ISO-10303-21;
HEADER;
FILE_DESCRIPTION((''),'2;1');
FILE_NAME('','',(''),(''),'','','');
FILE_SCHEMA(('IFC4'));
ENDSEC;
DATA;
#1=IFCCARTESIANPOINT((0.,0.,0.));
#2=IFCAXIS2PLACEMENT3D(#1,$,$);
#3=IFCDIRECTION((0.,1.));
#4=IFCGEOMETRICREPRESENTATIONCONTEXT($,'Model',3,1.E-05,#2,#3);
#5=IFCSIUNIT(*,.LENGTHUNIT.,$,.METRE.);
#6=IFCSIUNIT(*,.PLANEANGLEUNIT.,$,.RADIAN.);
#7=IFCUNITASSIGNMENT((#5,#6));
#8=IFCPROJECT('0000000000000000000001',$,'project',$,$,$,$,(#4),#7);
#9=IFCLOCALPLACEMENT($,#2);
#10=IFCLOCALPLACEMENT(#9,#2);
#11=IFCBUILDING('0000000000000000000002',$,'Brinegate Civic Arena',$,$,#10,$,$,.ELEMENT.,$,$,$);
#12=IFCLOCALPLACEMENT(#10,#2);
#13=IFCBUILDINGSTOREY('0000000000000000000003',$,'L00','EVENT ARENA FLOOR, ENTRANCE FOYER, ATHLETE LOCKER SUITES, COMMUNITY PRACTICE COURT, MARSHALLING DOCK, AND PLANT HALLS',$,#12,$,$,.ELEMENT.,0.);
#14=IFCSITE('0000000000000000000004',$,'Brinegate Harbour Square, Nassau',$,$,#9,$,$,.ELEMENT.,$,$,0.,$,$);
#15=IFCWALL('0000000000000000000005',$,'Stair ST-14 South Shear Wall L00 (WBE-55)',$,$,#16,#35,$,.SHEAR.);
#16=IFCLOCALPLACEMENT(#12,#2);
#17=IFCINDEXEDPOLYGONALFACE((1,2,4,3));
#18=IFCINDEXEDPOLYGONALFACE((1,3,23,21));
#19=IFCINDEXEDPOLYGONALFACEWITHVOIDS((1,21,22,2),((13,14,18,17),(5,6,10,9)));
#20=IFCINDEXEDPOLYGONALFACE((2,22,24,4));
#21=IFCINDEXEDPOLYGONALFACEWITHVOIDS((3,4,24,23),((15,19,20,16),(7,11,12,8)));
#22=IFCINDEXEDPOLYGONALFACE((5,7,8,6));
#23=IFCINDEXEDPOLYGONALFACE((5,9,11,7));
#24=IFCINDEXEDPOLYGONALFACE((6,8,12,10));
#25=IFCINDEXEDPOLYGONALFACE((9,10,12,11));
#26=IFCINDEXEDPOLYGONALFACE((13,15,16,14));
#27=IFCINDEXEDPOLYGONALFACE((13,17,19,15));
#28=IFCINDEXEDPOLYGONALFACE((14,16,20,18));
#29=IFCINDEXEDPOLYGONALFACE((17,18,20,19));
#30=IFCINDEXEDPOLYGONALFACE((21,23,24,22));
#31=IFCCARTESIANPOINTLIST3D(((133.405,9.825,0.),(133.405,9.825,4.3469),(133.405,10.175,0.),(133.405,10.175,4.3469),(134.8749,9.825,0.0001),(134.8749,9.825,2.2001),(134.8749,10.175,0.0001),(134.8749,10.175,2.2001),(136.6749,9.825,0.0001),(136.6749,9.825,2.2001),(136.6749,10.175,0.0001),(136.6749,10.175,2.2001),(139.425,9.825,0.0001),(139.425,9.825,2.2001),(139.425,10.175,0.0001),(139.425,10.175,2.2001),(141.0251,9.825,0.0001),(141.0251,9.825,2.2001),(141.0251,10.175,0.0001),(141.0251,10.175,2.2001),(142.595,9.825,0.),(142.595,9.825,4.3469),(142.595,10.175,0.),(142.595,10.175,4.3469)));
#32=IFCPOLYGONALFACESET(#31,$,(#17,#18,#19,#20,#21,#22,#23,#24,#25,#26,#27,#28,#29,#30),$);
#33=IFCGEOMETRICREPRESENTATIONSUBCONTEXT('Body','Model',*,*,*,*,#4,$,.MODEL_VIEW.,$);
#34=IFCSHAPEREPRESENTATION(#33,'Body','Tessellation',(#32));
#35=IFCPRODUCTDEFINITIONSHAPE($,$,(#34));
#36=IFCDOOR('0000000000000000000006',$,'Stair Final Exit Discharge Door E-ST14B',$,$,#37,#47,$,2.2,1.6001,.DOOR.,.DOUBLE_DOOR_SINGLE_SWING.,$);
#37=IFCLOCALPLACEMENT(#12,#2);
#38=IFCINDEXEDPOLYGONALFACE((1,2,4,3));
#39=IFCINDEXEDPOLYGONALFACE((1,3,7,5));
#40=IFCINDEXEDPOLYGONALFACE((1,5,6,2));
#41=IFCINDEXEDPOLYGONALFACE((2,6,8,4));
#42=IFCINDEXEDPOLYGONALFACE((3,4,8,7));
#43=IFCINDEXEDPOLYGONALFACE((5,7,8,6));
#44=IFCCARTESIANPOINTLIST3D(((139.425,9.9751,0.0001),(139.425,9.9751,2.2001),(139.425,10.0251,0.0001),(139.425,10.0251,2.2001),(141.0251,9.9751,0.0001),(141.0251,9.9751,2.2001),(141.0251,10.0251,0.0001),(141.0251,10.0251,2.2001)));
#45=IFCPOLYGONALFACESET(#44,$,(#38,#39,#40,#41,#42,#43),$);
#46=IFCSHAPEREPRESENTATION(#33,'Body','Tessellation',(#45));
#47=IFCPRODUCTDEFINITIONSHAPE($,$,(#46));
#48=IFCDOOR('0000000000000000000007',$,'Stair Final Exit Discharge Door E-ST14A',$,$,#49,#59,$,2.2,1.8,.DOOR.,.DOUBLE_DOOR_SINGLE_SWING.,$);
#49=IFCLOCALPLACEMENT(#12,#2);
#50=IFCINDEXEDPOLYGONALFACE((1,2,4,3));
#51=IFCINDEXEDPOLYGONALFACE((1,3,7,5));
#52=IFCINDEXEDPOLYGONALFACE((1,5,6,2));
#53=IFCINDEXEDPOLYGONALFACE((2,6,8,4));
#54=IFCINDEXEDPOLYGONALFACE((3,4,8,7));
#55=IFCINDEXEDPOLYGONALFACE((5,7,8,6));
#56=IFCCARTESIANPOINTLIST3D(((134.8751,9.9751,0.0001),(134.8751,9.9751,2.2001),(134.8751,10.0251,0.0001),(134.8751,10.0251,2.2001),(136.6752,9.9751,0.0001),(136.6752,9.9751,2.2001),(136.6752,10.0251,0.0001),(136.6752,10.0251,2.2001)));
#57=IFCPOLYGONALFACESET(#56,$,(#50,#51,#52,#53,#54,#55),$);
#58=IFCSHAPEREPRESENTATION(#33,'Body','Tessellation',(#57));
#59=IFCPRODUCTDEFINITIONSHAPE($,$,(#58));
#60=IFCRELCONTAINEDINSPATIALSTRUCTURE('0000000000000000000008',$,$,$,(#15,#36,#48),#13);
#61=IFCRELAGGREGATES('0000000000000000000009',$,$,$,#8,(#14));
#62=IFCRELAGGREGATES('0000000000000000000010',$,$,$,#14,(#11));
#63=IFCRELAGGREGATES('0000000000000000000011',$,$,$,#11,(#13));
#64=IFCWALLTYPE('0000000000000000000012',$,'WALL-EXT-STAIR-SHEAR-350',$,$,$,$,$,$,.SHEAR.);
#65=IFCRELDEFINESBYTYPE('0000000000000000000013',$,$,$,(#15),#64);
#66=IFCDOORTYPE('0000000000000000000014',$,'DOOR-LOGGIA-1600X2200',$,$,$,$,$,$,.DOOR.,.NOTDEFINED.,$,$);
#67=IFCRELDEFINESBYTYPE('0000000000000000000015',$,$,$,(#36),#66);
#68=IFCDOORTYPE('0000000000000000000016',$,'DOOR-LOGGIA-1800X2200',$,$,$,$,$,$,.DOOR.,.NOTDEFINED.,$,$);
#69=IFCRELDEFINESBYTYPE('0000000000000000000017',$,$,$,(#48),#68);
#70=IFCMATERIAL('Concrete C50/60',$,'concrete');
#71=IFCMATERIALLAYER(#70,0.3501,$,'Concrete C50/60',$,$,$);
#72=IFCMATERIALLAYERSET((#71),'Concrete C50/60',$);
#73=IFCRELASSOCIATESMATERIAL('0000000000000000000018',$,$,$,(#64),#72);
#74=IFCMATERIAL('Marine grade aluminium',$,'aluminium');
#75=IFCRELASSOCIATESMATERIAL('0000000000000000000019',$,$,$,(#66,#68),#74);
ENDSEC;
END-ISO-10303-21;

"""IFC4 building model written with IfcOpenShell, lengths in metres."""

from ifc_helpers import new_model, si_unit, direction, frame, frame_2d, origin, place, context, subcontext, project, spatial, rectangle, extrude, material, layer, layer_set, type_object, element, fill, save


model = new_model("IFC4")

# Units and contexts
model_context = context("Model", 3, precision=1e-05, world=origin(), true_north=direction((0.0, 1.0)))
body_context = subcontext(model_context, "Body", "Model", "MODEL_VIEW")
ifc_project = project(units=[si_unit("LENGTHUNIT", "METRE"), si_unit("PLANEANGLEUNIT", "RADIAN")], contexts=[model_context])

# Site, building, storey
site_placement = place(None, origin())
site = spatial("IfcSite", under=ifc_project, at=site_placement, Name="Brinegate Harbour Square, Nassau", CompositionType="ELEMENT", RefElevation=0.0)
building_placement = place(site_placement, origin())
building = spatial("IfcBuilding", under=site, at=building_placement, Name="Brinegate Civic Arena", CompositionType="ELEMENT")
storey_placement = place(building_placement, origin())
storey = spatial("IfcBuildingStorey", under=building, at=storey_placement, Name="L00", Description="EVENT ARENA FLOOR, ENTRANCE FOYER, ATHLETE LOCKER SUITES, COMMUNITY PRACTICE COURT, MARSHALLING DOCK, AND PLANT HALLS", CompositionType="ELEMENT", Elevation=0.0)

# Shared definitions
ifc_material_1 = material(Name="Concrete C50/60", Category="concrete")

# Shared definitions
ifc_material_2 = material(Name="Marine grade aluminium", Category="aluminium")

# Wall, openings, doors
ifc_layer_1 = layer(ifc_material_1, 0.3501, Name="Concrete C50/60")
ifc_layer_set_1 = layer_set([ifc_layer_1], Name="Concrete C50/60")
wall_type = type_object("IfcWallType", Name="WALL-EXT-STAIR-SHEAR-350", PredefinedType="SHEAR", material=ifc_layer_set_1)
wall_placement = place(storey_placement, frame((133.405, 10.0, 0.0), z_axis=(0.0, 0.0, 1.0), x_axis=(1.0, 0.0, 0.0)))
wall = element("IfcWall", 1, at=wall_placement, inside=storey, type_object=wall_type, Name="Stair ST-14 South Shear Wall L00 (WBE-55)", PredefinedType="SHEAR", context=body_context, shape_type="SweptSolid", body=[
    extrude(rectangle(XDim=9.1899, YDim=0.3501, at=frame_2d((4.595, 0.0))), origin(), (0.0, 0.0, 1.0), 4.3469),
])
opening_1_placement = place(wall_placement, frame((1.47, 0.0, 0.0)))
opening_1 = element("IfcOpeningElement", 2, at=opening_1_placement, cuts=wall, PredefinedType="OPENING", context=body_context, shape_type="SweptSolid", body=[
    extrude(rectangle(XDim=1.8, YDim=2.2, at=frame_2d((0.8999, 1.1001))), frame((0.0, 0.1851, 0.0), z_axis=(0.0, -1.0, 0.0), x_axis=(1.0, 0.0, 0.0)), (0.0, 0.0, 1.0), 0.3701),
])
opening_2_placement = place(wall_placement, frame((6.02, 0.0, 0.0)))
opening_2 = element("IfcOpeningElement", 3, at=opening_2_placement, cuts=wall, PredefinedType="OPENING", context=body_context, shape_type="SweptSolid", body=[
    extrude(rectangle(XDim=1.6001, YDim=2.2, at=frame_2d((0.8, 1.1001))), frame((0.0, 0.1851, 0.0), z_axis=(0.0, -1.0, 0.0), x_axis=(1.0, 0.0, 0.0)), (0.0, 0.0, 1.0), 0.3701),
])
door_type_1 = type_object("IfcDoorType", Name="DOOR-LOGGIA-1600X2200", OperationType="NOTDEFINED", PredefinedType="DOOR", material=ifc_material_2)
door_1_placement = place(opening_2_placement, frame((1.6001, 0.0, 0.0), z_axis=(0.0, 0.0, 1.0), x_axis=(-1.0, 0.0, 0.0)))
door_1 = element("IfcDoor", 4, at=door_1_placement, inside=storey, type_object=door_type_1, Name="Stair Final Exit Discharge Door E-ST14B", OperationType="DOUBLE_DOOR_SINGLE_SWING", OverallHeight=2.2, OverallWidth=1.6001, PredefinedType="DOOR", context=body_context, shape_type="SweptSolid", body=[
    extrude(rectangle(XDim=1.6001, YDim=2.2, at=frame_2d((0.8, 1.1001))), frame((0.0, 0.0249, 0.0), z_axis=(0.0, -1.0, 0.0), x_axis=(1.0, 0.0, 0.0)), (0.0, 0.0, 1.0), 0.05),
])
fill(opening_2, door_1)
door_type_2 = type_object("IfcDoorType", Name="DOOR-LOGGIA-1800X2200", OperationType="NOTDEFINED", PredefinedType="DOOR", material=ifc_material_2)
door_2_placement = place(opening_1_placement, frame((1.8, 0.0, 0.0), z_axis=(0.0, 0.0, 1.0), x_axis=(-1.0, 0.0, 0.0)))
door_2 = element("IfcDoor", 5, at=door_2_placement, inside=storey, type_object=door_type_2, Name="Stair Final Exit Discharge Door E-ST14A", OperationType="DOUBLE_DOOR_SINGLE_SWING", OverallHeight=2.2, OverallWidth=1.8, PredefinedType="DOOR", context=body_context, shape_type="SweptSolid", body=[
    extrude(rectangle(XDim=1.8, YDim=2.2, at=frame_2d((0.8999, 1.1001))), frame((0.0, 0.0249, 0.0), z_axis=(0.0, -1.0, 0.0), x_axis=(1.0, 0.0, 0.0)), (0.0, 0.0, 1.0), 0.05),
])
fill(opening_1, door_2)

save(model, "model.ifc")
